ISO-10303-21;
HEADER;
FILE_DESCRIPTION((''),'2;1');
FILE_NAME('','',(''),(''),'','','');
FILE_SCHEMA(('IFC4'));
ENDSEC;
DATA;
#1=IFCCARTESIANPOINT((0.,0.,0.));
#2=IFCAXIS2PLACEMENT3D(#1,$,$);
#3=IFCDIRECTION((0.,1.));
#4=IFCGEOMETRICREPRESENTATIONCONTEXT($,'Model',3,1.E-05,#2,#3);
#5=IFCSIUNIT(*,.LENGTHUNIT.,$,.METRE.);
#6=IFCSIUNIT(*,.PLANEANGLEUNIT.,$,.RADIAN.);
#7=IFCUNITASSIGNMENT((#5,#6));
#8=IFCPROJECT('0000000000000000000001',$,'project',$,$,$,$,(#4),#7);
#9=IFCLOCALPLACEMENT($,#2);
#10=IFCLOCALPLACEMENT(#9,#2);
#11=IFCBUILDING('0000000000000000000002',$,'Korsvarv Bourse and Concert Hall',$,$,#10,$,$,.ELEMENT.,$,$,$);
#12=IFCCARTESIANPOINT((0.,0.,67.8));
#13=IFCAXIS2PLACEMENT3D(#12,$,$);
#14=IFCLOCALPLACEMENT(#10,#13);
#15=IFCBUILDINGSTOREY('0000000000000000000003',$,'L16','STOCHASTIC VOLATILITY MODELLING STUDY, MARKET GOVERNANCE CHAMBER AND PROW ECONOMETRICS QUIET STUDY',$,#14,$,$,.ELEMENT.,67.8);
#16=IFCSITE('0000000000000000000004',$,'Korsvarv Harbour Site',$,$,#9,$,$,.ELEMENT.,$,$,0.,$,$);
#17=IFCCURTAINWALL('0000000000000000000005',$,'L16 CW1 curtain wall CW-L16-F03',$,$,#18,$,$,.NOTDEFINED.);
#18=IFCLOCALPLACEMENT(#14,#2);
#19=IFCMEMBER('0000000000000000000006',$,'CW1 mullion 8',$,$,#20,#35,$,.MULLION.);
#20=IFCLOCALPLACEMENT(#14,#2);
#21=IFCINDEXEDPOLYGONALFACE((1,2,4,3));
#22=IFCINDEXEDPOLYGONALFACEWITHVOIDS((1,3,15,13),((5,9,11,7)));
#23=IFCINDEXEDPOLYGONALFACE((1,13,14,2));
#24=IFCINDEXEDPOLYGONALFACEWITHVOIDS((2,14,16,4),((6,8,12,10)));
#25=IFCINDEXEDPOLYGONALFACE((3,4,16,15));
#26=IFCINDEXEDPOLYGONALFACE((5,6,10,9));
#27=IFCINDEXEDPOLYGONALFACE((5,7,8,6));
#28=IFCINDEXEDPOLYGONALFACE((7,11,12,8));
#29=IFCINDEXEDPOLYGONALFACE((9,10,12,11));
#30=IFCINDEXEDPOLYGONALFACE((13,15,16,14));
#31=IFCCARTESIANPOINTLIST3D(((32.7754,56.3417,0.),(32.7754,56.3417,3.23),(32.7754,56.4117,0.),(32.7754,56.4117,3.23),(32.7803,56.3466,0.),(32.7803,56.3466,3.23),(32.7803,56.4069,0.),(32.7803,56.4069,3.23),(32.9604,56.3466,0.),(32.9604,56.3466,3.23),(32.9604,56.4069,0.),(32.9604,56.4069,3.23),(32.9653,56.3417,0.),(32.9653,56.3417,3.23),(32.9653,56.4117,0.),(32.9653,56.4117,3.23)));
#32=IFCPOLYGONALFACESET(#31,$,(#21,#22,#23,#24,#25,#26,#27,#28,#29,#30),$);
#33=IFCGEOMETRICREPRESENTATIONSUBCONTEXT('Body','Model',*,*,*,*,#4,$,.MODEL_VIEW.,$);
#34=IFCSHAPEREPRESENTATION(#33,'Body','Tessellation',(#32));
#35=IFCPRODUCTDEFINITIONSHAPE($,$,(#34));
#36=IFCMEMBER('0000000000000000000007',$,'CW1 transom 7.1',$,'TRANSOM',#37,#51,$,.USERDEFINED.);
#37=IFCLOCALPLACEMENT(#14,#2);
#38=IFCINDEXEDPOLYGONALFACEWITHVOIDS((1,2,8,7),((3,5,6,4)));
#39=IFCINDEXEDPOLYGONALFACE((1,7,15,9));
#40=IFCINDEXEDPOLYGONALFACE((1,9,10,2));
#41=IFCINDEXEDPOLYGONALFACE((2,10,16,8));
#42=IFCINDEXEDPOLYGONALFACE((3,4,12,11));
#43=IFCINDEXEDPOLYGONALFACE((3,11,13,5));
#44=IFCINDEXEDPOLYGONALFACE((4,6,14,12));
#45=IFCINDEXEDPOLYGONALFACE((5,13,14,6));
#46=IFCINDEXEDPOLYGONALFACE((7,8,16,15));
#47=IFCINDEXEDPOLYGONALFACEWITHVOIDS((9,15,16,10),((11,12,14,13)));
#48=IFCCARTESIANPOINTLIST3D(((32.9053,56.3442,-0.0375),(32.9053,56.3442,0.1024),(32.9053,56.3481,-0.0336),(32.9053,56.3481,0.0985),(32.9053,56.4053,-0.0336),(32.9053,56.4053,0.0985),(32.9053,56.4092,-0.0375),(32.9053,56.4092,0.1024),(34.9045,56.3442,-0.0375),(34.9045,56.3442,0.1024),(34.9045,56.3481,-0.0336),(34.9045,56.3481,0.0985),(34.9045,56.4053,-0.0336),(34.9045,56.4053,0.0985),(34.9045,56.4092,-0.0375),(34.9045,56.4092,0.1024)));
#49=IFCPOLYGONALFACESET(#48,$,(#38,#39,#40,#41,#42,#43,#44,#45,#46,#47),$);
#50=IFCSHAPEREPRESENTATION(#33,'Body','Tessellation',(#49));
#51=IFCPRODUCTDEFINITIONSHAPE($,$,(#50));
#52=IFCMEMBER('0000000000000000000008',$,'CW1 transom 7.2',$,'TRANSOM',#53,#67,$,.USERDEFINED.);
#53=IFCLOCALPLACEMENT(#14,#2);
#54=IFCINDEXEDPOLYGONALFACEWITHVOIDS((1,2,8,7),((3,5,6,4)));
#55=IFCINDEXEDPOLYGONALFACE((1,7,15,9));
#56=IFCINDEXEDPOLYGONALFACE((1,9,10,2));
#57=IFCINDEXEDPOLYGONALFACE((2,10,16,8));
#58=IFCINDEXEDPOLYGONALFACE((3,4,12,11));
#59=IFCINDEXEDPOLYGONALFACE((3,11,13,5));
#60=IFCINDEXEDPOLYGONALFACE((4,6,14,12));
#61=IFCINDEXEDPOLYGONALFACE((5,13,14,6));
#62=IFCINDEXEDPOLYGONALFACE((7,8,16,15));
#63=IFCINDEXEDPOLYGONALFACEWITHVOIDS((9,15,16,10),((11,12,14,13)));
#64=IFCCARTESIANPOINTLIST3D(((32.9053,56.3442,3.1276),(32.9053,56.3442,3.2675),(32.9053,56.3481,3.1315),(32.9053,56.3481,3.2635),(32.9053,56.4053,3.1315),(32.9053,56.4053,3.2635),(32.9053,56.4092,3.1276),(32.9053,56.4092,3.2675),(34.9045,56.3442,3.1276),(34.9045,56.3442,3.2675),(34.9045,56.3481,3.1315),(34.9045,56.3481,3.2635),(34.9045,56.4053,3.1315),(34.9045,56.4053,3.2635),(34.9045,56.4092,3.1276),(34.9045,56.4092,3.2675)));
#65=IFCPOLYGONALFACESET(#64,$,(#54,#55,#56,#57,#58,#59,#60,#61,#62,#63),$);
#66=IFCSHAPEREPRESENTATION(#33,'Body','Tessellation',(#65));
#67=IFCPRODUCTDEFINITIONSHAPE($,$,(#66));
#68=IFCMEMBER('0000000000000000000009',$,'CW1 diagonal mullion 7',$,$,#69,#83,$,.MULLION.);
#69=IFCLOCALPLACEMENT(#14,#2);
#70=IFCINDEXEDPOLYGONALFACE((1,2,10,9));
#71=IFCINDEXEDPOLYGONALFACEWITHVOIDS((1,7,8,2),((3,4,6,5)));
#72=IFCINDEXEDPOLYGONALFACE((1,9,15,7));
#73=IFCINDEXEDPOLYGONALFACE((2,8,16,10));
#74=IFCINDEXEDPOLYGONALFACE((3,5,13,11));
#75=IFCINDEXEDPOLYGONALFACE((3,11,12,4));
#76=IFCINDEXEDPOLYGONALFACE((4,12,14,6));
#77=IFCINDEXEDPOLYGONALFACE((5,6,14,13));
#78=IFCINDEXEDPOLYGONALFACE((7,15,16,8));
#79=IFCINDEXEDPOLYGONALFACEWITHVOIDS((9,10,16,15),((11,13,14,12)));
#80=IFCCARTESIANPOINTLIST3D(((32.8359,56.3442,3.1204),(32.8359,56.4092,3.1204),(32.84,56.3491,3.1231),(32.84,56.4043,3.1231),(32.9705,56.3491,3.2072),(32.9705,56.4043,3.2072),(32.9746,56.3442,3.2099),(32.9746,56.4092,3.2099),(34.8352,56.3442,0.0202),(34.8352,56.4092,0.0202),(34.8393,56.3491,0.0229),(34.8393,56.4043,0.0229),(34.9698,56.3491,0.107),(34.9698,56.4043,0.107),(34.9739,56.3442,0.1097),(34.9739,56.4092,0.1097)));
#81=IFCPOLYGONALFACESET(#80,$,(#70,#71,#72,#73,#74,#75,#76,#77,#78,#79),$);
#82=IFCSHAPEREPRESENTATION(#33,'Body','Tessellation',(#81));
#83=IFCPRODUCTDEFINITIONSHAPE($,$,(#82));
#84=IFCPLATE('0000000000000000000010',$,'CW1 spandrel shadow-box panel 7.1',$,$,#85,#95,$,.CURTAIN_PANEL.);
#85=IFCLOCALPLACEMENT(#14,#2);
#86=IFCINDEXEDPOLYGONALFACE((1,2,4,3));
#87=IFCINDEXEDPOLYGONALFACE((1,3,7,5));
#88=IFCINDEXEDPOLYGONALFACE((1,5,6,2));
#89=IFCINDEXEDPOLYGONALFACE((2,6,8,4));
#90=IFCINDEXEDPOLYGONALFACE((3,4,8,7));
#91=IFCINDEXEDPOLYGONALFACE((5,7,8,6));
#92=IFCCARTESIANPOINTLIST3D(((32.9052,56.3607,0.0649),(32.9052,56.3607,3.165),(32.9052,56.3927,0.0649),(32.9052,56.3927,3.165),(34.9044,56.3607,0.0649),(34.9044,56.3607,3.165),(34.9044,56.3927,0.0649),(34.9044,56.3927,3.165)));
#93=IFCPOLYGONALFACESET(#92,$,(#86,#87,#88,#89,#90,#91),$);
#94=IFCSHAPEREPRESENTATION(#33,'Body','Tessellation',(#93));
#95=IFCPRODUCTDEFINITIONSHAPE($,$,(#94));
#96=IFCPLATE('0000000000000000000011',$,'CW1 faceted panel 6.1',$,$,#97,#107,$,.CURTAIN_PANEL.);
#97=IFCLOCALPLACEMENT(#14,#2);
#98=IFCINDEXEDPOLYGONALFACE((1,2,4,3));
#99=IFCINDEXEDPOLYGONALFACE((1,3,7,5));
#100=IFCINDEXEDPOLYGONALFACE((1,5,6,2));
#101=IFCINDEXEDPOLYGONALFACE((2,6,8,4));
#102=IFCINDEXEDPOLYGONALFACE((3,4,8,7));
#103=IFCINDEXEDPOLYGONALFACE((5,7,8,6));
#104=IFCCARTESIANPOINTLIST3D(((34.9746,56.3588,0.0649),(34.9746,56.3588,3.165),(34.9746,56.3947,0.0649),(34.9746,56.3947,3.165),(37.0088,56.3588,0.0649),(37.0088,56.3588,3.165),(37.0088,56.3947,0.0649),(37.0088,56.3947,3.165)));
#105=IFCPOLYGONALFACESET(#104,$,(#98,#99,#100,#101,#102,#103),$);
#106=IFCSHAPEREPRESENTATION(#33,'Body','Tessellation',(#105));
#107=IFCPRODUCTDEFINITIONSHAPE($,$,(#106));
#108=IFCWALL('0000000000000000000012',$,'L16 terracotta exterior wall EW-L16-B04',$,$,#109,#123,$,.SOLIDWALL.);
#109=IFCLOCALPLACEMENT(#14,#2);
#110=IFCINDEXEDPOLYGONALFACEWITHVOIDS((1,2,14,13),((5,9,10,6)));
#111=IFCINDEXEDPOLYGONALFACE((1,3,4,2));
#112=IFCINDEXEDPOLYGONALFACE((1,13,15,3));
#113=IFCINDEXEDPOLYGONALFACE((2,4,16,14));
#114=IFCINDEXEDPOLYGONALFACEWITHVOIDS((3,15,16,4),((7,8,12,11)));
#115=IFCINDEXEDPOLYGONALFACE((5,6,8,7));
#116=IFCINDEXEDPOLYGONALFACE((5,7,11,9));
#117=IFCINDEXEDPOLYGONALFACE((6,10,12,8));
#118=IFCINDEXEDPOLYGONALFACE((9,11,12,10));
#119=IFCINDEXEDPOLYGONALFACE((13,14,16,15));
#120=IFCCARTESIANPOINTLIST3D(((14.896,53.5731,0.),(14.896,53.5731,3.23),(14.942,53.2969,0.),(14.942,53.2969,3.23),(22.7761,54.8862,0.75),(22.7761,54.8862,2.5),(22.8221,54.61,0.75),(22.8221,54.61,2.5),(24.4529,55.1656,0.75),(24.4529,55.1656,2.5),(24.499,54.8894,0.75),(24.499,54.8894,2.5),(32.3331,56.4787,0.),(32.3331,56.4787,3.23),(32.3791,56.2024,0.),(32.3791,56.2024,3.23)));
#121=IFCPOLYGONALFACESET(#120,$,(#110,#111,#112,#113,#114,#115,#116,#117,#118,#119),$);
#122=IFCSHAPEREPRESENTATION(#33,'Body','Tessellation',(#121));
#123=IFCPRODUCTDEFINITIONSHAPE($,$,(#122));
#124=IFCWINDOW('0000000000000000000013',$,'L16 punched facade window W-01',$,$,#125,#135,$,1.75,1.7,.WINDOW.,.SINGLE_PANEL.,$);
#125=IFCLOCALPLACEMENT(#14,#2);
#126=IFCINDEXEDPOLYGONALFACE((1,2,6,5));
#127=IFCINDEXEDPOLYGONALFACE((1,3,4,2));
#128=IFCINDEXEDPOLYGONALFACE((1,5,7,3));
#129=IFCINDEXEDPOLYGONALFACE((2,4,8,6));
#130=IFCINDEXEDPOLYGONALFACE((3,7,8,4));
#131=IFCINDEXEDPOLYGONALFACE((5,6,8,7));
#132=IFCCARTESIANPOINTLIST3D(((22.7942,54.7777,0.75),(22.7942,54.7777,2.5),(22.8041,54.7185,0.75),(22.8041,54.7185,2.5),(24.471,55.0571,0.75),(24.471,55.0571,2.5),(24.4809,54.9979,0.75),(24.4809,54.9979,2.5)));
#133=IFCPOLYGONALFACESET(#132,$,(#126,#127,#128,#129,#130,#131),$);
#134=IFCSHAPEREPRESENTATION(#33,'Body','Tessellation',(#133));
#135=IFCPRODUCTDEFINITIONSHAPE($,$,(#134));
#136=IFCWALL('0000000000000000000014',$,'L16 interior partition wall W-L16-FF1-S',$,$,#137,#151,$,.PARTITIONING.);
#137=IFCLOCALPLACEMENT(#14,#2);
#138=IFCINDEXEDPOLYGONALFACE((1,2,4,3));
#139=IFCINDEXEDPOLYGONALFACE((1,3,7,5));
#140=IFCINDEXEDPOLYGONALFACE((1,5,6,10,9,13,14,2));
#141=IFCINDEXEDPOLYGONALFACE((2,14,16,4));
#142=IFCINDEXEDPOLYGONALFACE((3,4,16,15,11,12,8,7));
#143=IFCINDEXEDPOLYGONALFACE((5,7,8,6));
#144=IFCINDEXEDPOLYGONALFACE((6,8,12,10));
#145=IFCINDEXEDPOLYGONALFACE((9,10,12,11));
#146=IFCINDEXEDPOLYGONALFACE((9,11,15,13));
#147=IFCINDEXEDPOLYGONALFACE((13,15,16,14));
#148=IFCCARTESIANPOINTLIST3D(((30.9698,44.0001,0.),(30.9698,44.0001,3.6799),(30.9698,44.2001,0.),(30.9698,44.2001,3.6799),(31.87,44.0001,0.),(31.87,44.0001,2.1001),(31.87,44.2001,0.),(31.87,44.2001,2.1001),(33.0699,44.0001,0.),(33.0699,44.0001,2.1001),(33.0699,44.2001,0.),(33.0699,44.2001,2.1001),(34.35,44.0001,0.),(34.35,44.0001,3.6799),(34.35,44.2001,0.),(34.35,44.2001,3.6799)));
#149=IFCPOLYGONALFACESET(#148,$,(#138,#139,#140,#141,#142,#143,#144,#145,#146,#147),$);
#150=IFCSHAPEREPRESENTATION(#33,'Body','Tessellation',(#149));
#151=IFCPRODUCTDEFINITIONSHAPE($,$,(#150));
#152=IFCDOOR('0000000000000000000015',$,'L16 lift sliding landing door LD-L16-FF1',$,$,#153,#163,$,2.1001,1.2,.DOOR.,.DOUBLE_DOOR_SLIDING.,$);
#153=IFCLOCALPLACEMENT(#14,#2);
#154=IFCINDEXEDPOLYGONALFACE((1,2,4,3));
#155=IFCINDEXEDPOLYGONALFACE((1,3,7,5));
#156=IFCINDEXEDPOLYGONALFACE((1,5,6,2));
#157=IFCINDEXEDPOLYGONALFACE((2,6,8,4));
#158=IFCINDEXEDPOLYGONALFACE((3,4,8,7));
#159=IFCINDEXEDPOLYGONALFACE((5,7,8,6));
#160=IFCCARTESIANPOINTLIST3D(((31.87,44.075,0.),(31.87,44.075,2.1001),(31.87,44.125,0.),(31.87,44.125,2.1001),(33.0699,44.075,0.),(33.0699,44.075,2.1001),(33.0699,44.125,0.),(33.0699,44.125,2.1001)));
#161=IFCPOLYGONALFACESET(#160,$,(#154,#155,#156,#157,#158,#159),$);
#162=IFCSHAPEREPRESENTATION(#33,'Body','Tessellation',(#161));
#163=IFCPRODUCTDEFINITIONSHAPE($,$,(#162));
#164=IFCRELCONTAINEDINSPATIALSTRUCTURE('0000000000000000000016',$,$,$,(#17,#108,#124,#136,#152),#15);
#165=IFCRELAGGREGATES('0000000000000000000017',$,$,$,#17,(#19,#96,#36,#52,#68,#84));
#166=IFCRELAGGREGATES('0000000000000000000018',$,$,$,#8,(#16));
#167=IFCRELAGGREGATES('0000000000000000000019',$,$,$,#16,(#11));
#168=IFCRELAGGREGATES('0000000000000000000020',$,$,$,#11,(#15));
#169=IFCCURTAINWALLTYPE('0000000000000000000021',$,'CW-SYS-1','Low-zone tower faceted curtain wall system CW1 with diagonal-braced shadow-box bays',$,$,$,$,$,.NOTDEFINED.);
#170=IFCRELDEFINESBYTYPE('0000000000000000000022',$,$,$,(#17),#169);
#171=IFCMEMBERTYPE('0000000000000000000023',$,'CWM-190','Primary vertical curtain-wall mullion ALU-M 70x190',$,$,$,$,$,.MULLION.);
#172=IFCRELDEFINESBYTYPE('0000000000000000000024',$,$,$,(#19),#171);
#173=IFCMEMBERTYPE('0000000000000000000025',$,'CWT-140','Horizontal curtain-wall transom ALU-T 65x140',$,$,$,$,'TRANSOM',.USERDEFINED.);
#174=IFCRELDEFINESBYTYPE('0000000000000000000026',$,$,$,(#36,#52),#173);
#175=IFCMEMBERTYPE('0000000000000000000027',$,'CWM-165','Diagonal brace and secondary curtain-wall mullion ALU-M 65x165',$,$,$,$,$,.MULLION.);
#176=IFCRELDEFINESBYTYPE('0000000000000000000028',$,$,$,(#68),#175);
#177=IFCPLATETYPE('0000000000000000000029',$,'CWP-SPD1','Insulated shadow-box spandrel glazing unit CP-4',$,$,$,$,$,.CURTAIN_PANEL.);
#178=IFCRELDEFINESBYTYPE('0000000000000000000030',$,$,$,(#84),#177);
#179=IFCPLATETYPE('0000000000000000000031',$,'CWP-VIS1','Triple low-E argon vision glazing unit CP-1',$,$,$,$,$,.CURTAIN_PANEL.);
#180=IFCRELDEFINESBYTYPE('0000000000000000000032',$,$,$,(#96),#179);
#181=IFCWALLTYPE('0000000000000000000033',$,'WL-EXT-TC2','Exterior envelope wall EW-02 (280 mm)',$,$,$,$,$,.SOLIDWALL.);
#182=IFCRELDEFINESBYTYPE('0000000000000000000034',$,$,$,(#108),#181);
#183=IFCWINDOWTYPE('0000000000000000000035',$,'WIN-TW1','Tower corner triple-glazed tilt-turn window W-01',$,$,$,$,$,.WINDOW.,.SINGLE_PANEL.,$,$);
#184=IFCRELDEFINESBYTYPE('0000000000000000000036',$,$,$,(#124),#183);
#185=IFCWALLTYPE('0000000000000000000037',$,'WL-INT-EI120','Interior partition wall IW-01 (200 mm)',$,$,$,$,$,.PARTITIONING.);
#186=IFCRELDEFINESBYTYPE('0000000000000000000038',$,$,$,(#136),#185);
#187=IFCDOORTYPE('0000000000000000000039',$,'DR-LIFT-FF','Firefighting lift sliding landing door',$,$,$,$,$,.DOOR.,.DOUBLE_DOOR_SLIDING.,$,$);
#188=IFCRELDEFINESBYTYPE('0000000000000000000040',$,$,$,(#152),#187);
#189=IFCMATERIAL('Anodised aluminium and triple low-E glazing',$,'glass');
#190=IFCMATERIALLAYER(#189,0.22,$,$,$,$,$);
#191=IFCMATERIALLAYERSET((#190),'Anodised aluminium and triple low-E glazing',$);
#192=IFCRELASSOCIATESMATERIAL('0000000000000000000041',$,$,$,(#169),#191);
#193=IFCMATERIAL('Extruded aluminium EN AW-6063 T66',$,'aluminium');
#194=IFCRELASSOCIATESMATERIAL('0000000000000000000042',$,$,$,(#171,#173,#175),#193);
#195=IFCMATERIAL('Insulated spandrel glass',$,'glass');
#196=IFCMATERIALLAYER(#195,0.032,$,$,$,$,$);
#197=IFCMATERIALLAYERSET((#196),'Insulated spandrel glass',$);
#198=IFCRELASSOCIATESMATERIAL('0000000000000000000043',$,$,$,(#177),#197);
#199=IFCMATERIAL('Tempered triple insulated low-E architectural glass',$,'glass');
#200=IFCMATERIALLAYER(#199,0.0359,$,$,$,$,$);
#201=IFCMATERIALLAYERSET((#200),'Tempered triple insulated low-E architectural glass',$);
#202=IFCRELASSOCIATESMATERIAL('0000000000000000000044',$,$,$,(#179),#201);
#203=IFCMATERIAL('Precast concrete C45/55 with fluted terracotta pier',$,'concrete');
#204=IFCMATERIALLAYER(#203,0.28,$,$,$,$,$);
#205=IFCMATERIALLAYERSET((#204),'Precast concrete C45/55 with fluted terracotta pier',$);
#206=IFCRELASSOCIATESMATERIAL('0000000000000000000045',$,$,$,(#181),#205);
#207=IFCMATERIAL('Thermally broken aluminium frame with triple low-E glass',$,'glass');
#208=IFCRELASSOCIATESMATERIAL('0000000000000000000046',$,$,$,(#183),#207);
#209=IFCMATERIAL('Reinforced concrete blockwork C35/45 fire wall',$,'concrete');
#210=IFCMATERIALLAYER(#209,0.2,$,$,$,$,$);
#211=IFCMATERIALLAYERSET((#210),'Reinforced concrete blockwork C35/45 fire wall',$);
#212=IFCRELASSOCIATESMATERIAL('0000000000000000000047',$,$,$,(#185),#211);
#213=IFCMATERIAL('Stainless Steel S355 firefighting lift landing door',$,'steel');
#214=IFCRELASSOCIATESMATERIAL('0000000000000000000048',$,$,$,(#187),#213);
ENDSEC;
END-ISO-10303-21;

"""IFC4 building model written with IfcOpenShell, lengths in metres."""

from ifc_helpers import new_model, si_unit, direction, frame, frame_2d, origin, origin_2d, place, context, subcontext, project, spatial, rectangle, hollow_rectangle, extrude, source, transform, mapped, material, layer, layer_set, material_profile, profile_set, type_object, element, fill, aggregate, save


model = new_model("IFC4")

# Units and contexts
model_context = context("Model", 3, precision=1e-05, world=origin(), true_north=direction((0.0, 1.0)))
body_context = subcontext(model_context, "Body", "Model", "MODEL_VIEW")
ifc_project = project(units=[si_unit("LENGTHUNIT", "METRE"), si_unit("PLANEANGLEUNIT", "RADIAN")], contexts=[model_context])

# Site, building, storey
site_placement = place(None, origin())
site = spatial("IfcSite", under=ifc_project, at=site_placement, Name="Korsvarv Harbour Site", CompositionType="ELEMENT", RefElevation=0.0)
building_placement = place(site_placement, origin())
building = spatial("IfcBuilding", under=site, at=building_placement, Name="Korsvarv Bourse and Concert Hall", CompositionType="ELEMENT")
storey_placement = place(building_placement, frame((0.0, 0.0, 67.8)))
storey = spatial("IfcBuildingStorey", under=building, at=storey_placement, Name="L16", Description="STOCHASTIC VOLATILITY MODELLING STUDY, MARKET GOVERNANCE CHAMBER AND PROW ECONOMETRICS QUIET STUDY", CompositionType="ELEMENT", Elevation=67.8)

# Curtain wall, members, plates
ifc_material_1 = material(Name="Anodised aluminium and triple low-E glazing", Category="glass")
ifc_layer_1 = layer(ifc_material_1, 0.22)
ifc_layer_set_1 = layer_set([ifc_layer_1], Name="Anodised aluminium and triple low-E glazing")
curtain_wall_type = type_object("IfcCurtainWallType", Name="CW-SYS-1", Description="Low-zone tower faceted curtain wall system CW1 with diagonal-braced shadow-box bays", PredefinedType="NOTDEFINED", material=ifc_layer_set_1)
curtain_wall_placement = place(storey_placement, origin())
curtain_wall = element("IfcCurtainWall", 1, at=curtain_wall_placement, inside=storey, type_object=curtain_wall_type, Name="L16 CW1 curtain wall CW-L16-F03", PredefinedType="NOTDEFINED")
ifc_material_2 = material(Name="Extruded aluminium EN AW-6063 T66", Category="aluminium")
ifc_material_profile_1 = material_profile(ifc_material_2, hollow_rectangle(XDim=0.0701, YDim=0.1899, WallThickness=0.0049, at=origin_2d()), Name="ALU-M 70x190")
ifc_profile_set_1 = profile_set([ifc_material_profile_1], Name="Extruded aluminium EN AW-6063 T66")
member_type_1 = type_object("IfcMemberType", Name="CWM-190", Description="Primary vertical curtain-wall mullion ALU-M 70x190", PredefinedType="MULLION", material=ifc_profile_set_1)
shared_shape_1 = source(origin(), body_context, "Body", "SweptSolid", [
    extrude(hollow_rectangle(XDim=0.0701, YDim=0.1899, WallThickness=0.0049, at=origin_2d()), origin(), (0.0, 0.0, 1.0), 3.23),
])
member_1_placement = place(storey_placement, frame((32.8704, 56.3767, 0.0), z_axis=(0.0, 0.0, 1.0), x_axis=(0.0, -1.0, 0.0)))
member_1 = element("IfcMember", 2, at=member_1_placement, type_object=member_type_1, Name="CW1 mullion 8", PredefinedType="MULLION", context=body_context, shape_type="MappedRepresentation", body=[
    mapped(shared_shape_1, transform((0.0, 0.0, 0.0), scale=1.0)),
])
ifc_material_profile_2 = material_profile(ifc_material_2, hollow_rectangle(XDim=0.0649, YDim=0.1399, WallThickness=0.0039, at=origin_2d()), Name="ALU-T 65x140")
ifc_profile_set_2 = profile_set([ifc_material_profile_2], Name="Extruded aluminium EN AW-6063 T66")
member_type_2 = type_object("IfcMemberType", Name="CWT-140", Description="Horizontal curtain-wall transom ALU-T 65x140", ElementType="TRANSOM", PredefinedType="USERDEFINED", material=ifc_profile_set_2)
shared_shape_2 = source(origin(), body_context, "Body", "SweptSolid", [
    extrude(hollow_rectangle(XDim=0.0649, YDim=0.1399, WallThickness=0.0039, at=origin_2d()), origin(), (0.0, 0.0, 1.0), 1.9993),
])
member_2_placement = place(storey_placement, frame((34.9045, 56.3767, 0.0325), z_axis=(-1.0, 0.0, 0.0), x_axis=(0.0, -1.0, 0.0)))
member_2 = element("IfcMember", 3, at=member_2_placement, type_object=member_type_2, Name="CW1 transom 7.1", ObjectType="TRANSOM", PredefinedType="USERDEFINED", context=body_context, shape_type="MappedRepresentation", body=[
    mapped(shared_shape_2, transform((0.0, 0.0, 0.0), scale=1.0)),
])
member_3_placement = place(storey_placement, frame((34.9045, 56.3767, 3.1975), z_axis=(-1.0, 0.0, 0.0), x_axis=(0.0, -1.0, 0.0)))
member_3 = element("IfcMember", 4, at=member_3_placement, type_object=member_type_2, Name="CW1 transom 7.2", ObjectType="TRANSOM", PredefinedType="USERDEFINED", context=body_context, shape_type="MappedRepresentation", body=[
    mapped(shared_shape_2, transform((0.0, 0.0, 0.0), scale=1.0)),
])
ifc_material_profile_3 = material_profile(ifc_material_2, hollow_rectangle(XDim=0.0649, YDim=0.165, WallThickness=0.0049, at=origin_2d()), Name="ALU-M 65x165")
ifc_profile_set_3 = profile_set([ifc_material_profile_3], Name="Extruded aluminium EN AW-6063 T66")
member_type_3 = type_object("IfcMemberType", Name="CWM-165", Description="Diagonal brace and secondary curtain-wall mullion ALU-M 65x165", PredefinedType="MULLION", material=ifc_profile_set_3)
shared_shape_3 = source(origin(), body_context, "Body", "SweptSolid", [
    extrude(hollow_rectangle(XDim=0.0649, YDim=0.165, WallThickness=0.0049, at=origin_2d()), origin(), (0.0, 0.0, 1.0), 3.689),
])
member_4_placement = place(storey_placement, frame((34.9045, 56.3767, 0.0649), z_axis=(-0.541975, 0.0, 0.840395), x_axis=(0.0, -1.0, 0.0)))
member_4 = element("IfcMember", 5, at=member_4_placement, type_object=member_type_3, Name="CW1 diagonal mullion 7", PredefinedType="MULLION", context=body_context, shape_type="MappedRepresentation", body=[
    mapped(shared_shape_3, transform((0.0, 0.0, 0.0), scale=1.0)),
])
ifc_material_3 = material(Name="Insulated spandrel glass", Category="glass")
ifc_layer_2 = layer(ifc_material_3, 0.032)
ifc_layer_set_2 = layer_set([ifc_layer_2], Name="Insulated spandrel glass")
plate_type_1 = type_object("IfcPlateType", Name="CWP-SPD1", Description="Insulated shadow-box spandrel glazing unit CP-4", PredefinedType="CURTAIN_PANEL", material=ifc_layer_set_2)
shared_shape_4 = source(origin(), body_context, "Body", "SweptSolid", [
    extrude(rectangle(XDim=1.9993, YDim=0.032, at=origin_2d()), origin(), (0.0, 0.0, 1.0), 3.1001),
])
plate_1_placement = place(storey_placement, frame((33.9048, 56.3767, 0.0649), z_axis=(0.0, 0.0, 1.0), x_axis=(-1.0, 0.0, 0.0)))
plate_1 = element("IfcPlate", 6, at=plate_1_placement, type_object=plate_type_1, Name="CW1 spandrel shadow-box panel 7.1", PredefinedType="CURTAIN_PANEL", context=body_context, shape_type="MappedRepresentation", body=[
    mapped(shared_shape_4, transform((0.0, 0.0, 0.0), scale=1.0)),
])
ifc_material_4 = material(Name="Tempered triple insulated low-E architectural glass", Category="glass")
ifc_layer_3 = layer(ifc_material_4, 0.0359)
ifc_layer_set_3 = layer_set([ifc_layer_3], Name="Tempered triple insulated low-E architectural glass")
plate_type_2 = type_object("IfcPlateType", Name="CWP-VIS1", Description="Triple low-E argon vision glazing unit CP-1", PredefinedType="CURTAIN_PANEL", material=ifc_layer_set_3)
shared_shape_5 = source(origin(), body_context, "Body", "SweptSolid", [
    extrude(rectangle(XDim=2.0342, YDim=0.0359, at=origin_2d()), origin(), (0.0, 0.0, 1.0), 3.1001),
])
plate_2_placement = place(storey_placement, frame((35.9917, 56.3767, 0.0649), z_axis=(0.0, 0.0, 1.0), x_axis=(-1.0, 0.0, 0.0)))
plate_2 = element("IfcPlate", 7, at=plate_2_placement, type_object=plate_type_2, Name="CW1 faceted panel 6.1", PredefinedType="CURTAIN_PANEL", context=body_context, shape_type="MappedRepresentation", body=[
    mapped(shared_shape_5, transform((0.0, 0.0, 0.0), scale=1.0)),
])
aggregate(curtain_wall, [member_1, plate_2, member_2, member_3, member_4, plate_1])

# Wall, opening, window
ifc_material_5 = material(Name="Precast concrete C45/55 with fluted terracotta pier", Category="concrete")
ifc_layer_4 = layer(ifc_material_5, 0.28)
ifc_layer_set_4 = layer_set([ifc_layer_4], Name="Precast concrete C45/55 with fluted terracotta pier")
wall_type_1 = type_object("IfcWallType", Name="WL-EXT-TC2", Description="Exterior envelope wall EW-02 (280 mm)", PredefinedType="SOLIDWALL", material=ifc_layer_set_4)
wall_1_placement = place(storey_placement, frame((32.3562, 56.3406, 0.0), z_axis=(0.0, 0.0, 1.0), x_axis=(-0.9864, -0.164363, 0.0)))
wall_1 = element("IfcWall", 8, at=wall_1_placement, inside=storey, type_object=wall_type_1, Name="L16 terracotta exterior wall EW-L16-B04", PredefinedType="SOLIDWALL", context=body_context, shape_type="SweptSolid", body=[
    extrude(rectangle(XDim=17.6775, YDim=0.28, at=frame_2d((8.8389, 0.0))), origin(), (0.0, 0.0, 1.0), 3.23),
])
opening_1_placement = place(wall_1_placement, frame((7.9888, 0.0, 0.75)))
opening_1 = element("IfcOpeningElement", 9, at=opening_1_placement, cuts=wall_1, PredefinedType="OPENING", context=body_context, shape_type="SweptSolid", body=[
    extrude(rectangle(XDim=1.7, YDim=1.75, at=frame_2d((0.8501, 0.875))), frame((0.0, 0.1499, 0.0), z_axis=(0.0, -1.0, 0.0), x_axis=(1.0, 0.0, 0.0)), (0.0, 0.0, 1.0), 0.3),
])
ifc_material_6 = material(Name="Thermally broken aluminium frame with triple low-E glass", Category="glass")
window_type = type_object("IfcWindowType", Name="WIN-TW1", Description="Tower corner triple-glazed tilt-turn window W-01", PartitioningType="SINGLE_PANEL", PredefinedType="WINDOW", material=ifc_material_6)
window_placement = place(opening_1_placement, origin())
window = element("IfcWindow", 10, at=window_placement, inside=storey, type_object=window_type, Name="L16 punched facade window W-01", OverallHeight=1.75, OverallWidth=1.7, PartitioningType="SINGLE_PANEL", PredefinedType="WINDOW", context=body_context, shape_type="SweptSolid", body=[
    extrude(rectangle(XDim=1.7, YDim=1.75, at=frame_2d((0.8501, 0.875))), frame((0.0, 0.03, 0.0), z_axis=(0.0, -1.0, 0.0), x_axis=(1.0, 0.0, 0.0)), (0.0, 0.0, 1.0), 0.0601),
])
fill(opening_1, window)

# Wall, opening, door
ifc_material_7 = material(Name="Reinforced concrete blockwork C35/45 fire wall", Category="concrete")
ifc_layer_5 = layer(ifc_material_7, 0.2)
ifc_layer_set_5 = layer_set([ifc_layer_5], Name="Reinforced concrete blockwork C35/45 fire wall")
wall_type_2 = type_object("IfcWallType", Name="WL-INT-EI120", Description="Interior partition wall IW-01 (200 mm)", PredefinedType="PARTITIONING", material=ifc_layer_set_5)
wall_2_placement = place(storey_placement, frame((30.97, 44.1001, 0.0), z_axis=(0.0, 0.0, 1.0), x_axis=(1.0, 0.0, 0.0)))
wall_2 = element("IfcWall", 11, at=wall_2_placement, inside=storey, type_object=wall_type_2, Name="L16 interior partition wall W-L16-FF1-S", PredefinedType="PARTITIONING", context=body_context, shape_type="SweptSolid", body=[
    extrude(rectangle(XDim=3.3801, YDim=0.2, at=frame_2d((1.6899, 0.0))), origin(), (0.0, 0.0, 1.0), 3.6799),
])
opening_2_placement = place(wall_2_placement, frame((0.8999, 0.0, 0.0)))
opening_2 = element("IfcOpeningElement", 12, at=opening_2_placement, cuts=wall_2, PredefinedType="OPENING", context=body_context, shape_type="SweptSolid", body=[
    extrude(rectangle(XDim=1.2, YDim=2.1001, at=frame_2d((0.6001, 1.05))), frame((0.0, 0.1099, 0.0), z_axis=(0.0, -1.0, 0.0), x_axis=(1.0, 0.0, 0.0)), (0.0, 0.0, 1.0), 0.22),
])
ifc_material_8 = material(Name="Stainless Steel S355 firefighting lift landing door", Category="steel")
door_type = type_object("IfcDoorType", Name="DR-LIFT-FF", Description="Firefighting lift sliding landing door", OperationType="DOUBLE_DOOR_SLIDING", PredefinedType="DOOR", material=ifc_material_8)
door_placement = place(opening_2_placement, origin())
door = element("IfcDoor", 13, at=door_placement, inside=storey, type_object=door_type, Name="L16 lift sliding landing door LD-L16-FF1", OperationType="DOUBLE_DOOR_SLIDING", OverallHeight=2.1001, OverallWidth=1.2, PredefinedType="DOOR", context=body_context, shape_type="SweptSolid", body=[
    extrude(rectangle(XDim=1.2, YDim=2.1001, at=frame_2d((0.6001, 1.05))), frame((0.0, 0.0249, 0.0), z_axis=(0.0, -1.0, 0.0), x_axis=(1.0, 0.0, 0.0)), (0.0, 0.0, 1.0), 0.05),
])
fill(opening_2, door)

save(model, "model.ifc")
